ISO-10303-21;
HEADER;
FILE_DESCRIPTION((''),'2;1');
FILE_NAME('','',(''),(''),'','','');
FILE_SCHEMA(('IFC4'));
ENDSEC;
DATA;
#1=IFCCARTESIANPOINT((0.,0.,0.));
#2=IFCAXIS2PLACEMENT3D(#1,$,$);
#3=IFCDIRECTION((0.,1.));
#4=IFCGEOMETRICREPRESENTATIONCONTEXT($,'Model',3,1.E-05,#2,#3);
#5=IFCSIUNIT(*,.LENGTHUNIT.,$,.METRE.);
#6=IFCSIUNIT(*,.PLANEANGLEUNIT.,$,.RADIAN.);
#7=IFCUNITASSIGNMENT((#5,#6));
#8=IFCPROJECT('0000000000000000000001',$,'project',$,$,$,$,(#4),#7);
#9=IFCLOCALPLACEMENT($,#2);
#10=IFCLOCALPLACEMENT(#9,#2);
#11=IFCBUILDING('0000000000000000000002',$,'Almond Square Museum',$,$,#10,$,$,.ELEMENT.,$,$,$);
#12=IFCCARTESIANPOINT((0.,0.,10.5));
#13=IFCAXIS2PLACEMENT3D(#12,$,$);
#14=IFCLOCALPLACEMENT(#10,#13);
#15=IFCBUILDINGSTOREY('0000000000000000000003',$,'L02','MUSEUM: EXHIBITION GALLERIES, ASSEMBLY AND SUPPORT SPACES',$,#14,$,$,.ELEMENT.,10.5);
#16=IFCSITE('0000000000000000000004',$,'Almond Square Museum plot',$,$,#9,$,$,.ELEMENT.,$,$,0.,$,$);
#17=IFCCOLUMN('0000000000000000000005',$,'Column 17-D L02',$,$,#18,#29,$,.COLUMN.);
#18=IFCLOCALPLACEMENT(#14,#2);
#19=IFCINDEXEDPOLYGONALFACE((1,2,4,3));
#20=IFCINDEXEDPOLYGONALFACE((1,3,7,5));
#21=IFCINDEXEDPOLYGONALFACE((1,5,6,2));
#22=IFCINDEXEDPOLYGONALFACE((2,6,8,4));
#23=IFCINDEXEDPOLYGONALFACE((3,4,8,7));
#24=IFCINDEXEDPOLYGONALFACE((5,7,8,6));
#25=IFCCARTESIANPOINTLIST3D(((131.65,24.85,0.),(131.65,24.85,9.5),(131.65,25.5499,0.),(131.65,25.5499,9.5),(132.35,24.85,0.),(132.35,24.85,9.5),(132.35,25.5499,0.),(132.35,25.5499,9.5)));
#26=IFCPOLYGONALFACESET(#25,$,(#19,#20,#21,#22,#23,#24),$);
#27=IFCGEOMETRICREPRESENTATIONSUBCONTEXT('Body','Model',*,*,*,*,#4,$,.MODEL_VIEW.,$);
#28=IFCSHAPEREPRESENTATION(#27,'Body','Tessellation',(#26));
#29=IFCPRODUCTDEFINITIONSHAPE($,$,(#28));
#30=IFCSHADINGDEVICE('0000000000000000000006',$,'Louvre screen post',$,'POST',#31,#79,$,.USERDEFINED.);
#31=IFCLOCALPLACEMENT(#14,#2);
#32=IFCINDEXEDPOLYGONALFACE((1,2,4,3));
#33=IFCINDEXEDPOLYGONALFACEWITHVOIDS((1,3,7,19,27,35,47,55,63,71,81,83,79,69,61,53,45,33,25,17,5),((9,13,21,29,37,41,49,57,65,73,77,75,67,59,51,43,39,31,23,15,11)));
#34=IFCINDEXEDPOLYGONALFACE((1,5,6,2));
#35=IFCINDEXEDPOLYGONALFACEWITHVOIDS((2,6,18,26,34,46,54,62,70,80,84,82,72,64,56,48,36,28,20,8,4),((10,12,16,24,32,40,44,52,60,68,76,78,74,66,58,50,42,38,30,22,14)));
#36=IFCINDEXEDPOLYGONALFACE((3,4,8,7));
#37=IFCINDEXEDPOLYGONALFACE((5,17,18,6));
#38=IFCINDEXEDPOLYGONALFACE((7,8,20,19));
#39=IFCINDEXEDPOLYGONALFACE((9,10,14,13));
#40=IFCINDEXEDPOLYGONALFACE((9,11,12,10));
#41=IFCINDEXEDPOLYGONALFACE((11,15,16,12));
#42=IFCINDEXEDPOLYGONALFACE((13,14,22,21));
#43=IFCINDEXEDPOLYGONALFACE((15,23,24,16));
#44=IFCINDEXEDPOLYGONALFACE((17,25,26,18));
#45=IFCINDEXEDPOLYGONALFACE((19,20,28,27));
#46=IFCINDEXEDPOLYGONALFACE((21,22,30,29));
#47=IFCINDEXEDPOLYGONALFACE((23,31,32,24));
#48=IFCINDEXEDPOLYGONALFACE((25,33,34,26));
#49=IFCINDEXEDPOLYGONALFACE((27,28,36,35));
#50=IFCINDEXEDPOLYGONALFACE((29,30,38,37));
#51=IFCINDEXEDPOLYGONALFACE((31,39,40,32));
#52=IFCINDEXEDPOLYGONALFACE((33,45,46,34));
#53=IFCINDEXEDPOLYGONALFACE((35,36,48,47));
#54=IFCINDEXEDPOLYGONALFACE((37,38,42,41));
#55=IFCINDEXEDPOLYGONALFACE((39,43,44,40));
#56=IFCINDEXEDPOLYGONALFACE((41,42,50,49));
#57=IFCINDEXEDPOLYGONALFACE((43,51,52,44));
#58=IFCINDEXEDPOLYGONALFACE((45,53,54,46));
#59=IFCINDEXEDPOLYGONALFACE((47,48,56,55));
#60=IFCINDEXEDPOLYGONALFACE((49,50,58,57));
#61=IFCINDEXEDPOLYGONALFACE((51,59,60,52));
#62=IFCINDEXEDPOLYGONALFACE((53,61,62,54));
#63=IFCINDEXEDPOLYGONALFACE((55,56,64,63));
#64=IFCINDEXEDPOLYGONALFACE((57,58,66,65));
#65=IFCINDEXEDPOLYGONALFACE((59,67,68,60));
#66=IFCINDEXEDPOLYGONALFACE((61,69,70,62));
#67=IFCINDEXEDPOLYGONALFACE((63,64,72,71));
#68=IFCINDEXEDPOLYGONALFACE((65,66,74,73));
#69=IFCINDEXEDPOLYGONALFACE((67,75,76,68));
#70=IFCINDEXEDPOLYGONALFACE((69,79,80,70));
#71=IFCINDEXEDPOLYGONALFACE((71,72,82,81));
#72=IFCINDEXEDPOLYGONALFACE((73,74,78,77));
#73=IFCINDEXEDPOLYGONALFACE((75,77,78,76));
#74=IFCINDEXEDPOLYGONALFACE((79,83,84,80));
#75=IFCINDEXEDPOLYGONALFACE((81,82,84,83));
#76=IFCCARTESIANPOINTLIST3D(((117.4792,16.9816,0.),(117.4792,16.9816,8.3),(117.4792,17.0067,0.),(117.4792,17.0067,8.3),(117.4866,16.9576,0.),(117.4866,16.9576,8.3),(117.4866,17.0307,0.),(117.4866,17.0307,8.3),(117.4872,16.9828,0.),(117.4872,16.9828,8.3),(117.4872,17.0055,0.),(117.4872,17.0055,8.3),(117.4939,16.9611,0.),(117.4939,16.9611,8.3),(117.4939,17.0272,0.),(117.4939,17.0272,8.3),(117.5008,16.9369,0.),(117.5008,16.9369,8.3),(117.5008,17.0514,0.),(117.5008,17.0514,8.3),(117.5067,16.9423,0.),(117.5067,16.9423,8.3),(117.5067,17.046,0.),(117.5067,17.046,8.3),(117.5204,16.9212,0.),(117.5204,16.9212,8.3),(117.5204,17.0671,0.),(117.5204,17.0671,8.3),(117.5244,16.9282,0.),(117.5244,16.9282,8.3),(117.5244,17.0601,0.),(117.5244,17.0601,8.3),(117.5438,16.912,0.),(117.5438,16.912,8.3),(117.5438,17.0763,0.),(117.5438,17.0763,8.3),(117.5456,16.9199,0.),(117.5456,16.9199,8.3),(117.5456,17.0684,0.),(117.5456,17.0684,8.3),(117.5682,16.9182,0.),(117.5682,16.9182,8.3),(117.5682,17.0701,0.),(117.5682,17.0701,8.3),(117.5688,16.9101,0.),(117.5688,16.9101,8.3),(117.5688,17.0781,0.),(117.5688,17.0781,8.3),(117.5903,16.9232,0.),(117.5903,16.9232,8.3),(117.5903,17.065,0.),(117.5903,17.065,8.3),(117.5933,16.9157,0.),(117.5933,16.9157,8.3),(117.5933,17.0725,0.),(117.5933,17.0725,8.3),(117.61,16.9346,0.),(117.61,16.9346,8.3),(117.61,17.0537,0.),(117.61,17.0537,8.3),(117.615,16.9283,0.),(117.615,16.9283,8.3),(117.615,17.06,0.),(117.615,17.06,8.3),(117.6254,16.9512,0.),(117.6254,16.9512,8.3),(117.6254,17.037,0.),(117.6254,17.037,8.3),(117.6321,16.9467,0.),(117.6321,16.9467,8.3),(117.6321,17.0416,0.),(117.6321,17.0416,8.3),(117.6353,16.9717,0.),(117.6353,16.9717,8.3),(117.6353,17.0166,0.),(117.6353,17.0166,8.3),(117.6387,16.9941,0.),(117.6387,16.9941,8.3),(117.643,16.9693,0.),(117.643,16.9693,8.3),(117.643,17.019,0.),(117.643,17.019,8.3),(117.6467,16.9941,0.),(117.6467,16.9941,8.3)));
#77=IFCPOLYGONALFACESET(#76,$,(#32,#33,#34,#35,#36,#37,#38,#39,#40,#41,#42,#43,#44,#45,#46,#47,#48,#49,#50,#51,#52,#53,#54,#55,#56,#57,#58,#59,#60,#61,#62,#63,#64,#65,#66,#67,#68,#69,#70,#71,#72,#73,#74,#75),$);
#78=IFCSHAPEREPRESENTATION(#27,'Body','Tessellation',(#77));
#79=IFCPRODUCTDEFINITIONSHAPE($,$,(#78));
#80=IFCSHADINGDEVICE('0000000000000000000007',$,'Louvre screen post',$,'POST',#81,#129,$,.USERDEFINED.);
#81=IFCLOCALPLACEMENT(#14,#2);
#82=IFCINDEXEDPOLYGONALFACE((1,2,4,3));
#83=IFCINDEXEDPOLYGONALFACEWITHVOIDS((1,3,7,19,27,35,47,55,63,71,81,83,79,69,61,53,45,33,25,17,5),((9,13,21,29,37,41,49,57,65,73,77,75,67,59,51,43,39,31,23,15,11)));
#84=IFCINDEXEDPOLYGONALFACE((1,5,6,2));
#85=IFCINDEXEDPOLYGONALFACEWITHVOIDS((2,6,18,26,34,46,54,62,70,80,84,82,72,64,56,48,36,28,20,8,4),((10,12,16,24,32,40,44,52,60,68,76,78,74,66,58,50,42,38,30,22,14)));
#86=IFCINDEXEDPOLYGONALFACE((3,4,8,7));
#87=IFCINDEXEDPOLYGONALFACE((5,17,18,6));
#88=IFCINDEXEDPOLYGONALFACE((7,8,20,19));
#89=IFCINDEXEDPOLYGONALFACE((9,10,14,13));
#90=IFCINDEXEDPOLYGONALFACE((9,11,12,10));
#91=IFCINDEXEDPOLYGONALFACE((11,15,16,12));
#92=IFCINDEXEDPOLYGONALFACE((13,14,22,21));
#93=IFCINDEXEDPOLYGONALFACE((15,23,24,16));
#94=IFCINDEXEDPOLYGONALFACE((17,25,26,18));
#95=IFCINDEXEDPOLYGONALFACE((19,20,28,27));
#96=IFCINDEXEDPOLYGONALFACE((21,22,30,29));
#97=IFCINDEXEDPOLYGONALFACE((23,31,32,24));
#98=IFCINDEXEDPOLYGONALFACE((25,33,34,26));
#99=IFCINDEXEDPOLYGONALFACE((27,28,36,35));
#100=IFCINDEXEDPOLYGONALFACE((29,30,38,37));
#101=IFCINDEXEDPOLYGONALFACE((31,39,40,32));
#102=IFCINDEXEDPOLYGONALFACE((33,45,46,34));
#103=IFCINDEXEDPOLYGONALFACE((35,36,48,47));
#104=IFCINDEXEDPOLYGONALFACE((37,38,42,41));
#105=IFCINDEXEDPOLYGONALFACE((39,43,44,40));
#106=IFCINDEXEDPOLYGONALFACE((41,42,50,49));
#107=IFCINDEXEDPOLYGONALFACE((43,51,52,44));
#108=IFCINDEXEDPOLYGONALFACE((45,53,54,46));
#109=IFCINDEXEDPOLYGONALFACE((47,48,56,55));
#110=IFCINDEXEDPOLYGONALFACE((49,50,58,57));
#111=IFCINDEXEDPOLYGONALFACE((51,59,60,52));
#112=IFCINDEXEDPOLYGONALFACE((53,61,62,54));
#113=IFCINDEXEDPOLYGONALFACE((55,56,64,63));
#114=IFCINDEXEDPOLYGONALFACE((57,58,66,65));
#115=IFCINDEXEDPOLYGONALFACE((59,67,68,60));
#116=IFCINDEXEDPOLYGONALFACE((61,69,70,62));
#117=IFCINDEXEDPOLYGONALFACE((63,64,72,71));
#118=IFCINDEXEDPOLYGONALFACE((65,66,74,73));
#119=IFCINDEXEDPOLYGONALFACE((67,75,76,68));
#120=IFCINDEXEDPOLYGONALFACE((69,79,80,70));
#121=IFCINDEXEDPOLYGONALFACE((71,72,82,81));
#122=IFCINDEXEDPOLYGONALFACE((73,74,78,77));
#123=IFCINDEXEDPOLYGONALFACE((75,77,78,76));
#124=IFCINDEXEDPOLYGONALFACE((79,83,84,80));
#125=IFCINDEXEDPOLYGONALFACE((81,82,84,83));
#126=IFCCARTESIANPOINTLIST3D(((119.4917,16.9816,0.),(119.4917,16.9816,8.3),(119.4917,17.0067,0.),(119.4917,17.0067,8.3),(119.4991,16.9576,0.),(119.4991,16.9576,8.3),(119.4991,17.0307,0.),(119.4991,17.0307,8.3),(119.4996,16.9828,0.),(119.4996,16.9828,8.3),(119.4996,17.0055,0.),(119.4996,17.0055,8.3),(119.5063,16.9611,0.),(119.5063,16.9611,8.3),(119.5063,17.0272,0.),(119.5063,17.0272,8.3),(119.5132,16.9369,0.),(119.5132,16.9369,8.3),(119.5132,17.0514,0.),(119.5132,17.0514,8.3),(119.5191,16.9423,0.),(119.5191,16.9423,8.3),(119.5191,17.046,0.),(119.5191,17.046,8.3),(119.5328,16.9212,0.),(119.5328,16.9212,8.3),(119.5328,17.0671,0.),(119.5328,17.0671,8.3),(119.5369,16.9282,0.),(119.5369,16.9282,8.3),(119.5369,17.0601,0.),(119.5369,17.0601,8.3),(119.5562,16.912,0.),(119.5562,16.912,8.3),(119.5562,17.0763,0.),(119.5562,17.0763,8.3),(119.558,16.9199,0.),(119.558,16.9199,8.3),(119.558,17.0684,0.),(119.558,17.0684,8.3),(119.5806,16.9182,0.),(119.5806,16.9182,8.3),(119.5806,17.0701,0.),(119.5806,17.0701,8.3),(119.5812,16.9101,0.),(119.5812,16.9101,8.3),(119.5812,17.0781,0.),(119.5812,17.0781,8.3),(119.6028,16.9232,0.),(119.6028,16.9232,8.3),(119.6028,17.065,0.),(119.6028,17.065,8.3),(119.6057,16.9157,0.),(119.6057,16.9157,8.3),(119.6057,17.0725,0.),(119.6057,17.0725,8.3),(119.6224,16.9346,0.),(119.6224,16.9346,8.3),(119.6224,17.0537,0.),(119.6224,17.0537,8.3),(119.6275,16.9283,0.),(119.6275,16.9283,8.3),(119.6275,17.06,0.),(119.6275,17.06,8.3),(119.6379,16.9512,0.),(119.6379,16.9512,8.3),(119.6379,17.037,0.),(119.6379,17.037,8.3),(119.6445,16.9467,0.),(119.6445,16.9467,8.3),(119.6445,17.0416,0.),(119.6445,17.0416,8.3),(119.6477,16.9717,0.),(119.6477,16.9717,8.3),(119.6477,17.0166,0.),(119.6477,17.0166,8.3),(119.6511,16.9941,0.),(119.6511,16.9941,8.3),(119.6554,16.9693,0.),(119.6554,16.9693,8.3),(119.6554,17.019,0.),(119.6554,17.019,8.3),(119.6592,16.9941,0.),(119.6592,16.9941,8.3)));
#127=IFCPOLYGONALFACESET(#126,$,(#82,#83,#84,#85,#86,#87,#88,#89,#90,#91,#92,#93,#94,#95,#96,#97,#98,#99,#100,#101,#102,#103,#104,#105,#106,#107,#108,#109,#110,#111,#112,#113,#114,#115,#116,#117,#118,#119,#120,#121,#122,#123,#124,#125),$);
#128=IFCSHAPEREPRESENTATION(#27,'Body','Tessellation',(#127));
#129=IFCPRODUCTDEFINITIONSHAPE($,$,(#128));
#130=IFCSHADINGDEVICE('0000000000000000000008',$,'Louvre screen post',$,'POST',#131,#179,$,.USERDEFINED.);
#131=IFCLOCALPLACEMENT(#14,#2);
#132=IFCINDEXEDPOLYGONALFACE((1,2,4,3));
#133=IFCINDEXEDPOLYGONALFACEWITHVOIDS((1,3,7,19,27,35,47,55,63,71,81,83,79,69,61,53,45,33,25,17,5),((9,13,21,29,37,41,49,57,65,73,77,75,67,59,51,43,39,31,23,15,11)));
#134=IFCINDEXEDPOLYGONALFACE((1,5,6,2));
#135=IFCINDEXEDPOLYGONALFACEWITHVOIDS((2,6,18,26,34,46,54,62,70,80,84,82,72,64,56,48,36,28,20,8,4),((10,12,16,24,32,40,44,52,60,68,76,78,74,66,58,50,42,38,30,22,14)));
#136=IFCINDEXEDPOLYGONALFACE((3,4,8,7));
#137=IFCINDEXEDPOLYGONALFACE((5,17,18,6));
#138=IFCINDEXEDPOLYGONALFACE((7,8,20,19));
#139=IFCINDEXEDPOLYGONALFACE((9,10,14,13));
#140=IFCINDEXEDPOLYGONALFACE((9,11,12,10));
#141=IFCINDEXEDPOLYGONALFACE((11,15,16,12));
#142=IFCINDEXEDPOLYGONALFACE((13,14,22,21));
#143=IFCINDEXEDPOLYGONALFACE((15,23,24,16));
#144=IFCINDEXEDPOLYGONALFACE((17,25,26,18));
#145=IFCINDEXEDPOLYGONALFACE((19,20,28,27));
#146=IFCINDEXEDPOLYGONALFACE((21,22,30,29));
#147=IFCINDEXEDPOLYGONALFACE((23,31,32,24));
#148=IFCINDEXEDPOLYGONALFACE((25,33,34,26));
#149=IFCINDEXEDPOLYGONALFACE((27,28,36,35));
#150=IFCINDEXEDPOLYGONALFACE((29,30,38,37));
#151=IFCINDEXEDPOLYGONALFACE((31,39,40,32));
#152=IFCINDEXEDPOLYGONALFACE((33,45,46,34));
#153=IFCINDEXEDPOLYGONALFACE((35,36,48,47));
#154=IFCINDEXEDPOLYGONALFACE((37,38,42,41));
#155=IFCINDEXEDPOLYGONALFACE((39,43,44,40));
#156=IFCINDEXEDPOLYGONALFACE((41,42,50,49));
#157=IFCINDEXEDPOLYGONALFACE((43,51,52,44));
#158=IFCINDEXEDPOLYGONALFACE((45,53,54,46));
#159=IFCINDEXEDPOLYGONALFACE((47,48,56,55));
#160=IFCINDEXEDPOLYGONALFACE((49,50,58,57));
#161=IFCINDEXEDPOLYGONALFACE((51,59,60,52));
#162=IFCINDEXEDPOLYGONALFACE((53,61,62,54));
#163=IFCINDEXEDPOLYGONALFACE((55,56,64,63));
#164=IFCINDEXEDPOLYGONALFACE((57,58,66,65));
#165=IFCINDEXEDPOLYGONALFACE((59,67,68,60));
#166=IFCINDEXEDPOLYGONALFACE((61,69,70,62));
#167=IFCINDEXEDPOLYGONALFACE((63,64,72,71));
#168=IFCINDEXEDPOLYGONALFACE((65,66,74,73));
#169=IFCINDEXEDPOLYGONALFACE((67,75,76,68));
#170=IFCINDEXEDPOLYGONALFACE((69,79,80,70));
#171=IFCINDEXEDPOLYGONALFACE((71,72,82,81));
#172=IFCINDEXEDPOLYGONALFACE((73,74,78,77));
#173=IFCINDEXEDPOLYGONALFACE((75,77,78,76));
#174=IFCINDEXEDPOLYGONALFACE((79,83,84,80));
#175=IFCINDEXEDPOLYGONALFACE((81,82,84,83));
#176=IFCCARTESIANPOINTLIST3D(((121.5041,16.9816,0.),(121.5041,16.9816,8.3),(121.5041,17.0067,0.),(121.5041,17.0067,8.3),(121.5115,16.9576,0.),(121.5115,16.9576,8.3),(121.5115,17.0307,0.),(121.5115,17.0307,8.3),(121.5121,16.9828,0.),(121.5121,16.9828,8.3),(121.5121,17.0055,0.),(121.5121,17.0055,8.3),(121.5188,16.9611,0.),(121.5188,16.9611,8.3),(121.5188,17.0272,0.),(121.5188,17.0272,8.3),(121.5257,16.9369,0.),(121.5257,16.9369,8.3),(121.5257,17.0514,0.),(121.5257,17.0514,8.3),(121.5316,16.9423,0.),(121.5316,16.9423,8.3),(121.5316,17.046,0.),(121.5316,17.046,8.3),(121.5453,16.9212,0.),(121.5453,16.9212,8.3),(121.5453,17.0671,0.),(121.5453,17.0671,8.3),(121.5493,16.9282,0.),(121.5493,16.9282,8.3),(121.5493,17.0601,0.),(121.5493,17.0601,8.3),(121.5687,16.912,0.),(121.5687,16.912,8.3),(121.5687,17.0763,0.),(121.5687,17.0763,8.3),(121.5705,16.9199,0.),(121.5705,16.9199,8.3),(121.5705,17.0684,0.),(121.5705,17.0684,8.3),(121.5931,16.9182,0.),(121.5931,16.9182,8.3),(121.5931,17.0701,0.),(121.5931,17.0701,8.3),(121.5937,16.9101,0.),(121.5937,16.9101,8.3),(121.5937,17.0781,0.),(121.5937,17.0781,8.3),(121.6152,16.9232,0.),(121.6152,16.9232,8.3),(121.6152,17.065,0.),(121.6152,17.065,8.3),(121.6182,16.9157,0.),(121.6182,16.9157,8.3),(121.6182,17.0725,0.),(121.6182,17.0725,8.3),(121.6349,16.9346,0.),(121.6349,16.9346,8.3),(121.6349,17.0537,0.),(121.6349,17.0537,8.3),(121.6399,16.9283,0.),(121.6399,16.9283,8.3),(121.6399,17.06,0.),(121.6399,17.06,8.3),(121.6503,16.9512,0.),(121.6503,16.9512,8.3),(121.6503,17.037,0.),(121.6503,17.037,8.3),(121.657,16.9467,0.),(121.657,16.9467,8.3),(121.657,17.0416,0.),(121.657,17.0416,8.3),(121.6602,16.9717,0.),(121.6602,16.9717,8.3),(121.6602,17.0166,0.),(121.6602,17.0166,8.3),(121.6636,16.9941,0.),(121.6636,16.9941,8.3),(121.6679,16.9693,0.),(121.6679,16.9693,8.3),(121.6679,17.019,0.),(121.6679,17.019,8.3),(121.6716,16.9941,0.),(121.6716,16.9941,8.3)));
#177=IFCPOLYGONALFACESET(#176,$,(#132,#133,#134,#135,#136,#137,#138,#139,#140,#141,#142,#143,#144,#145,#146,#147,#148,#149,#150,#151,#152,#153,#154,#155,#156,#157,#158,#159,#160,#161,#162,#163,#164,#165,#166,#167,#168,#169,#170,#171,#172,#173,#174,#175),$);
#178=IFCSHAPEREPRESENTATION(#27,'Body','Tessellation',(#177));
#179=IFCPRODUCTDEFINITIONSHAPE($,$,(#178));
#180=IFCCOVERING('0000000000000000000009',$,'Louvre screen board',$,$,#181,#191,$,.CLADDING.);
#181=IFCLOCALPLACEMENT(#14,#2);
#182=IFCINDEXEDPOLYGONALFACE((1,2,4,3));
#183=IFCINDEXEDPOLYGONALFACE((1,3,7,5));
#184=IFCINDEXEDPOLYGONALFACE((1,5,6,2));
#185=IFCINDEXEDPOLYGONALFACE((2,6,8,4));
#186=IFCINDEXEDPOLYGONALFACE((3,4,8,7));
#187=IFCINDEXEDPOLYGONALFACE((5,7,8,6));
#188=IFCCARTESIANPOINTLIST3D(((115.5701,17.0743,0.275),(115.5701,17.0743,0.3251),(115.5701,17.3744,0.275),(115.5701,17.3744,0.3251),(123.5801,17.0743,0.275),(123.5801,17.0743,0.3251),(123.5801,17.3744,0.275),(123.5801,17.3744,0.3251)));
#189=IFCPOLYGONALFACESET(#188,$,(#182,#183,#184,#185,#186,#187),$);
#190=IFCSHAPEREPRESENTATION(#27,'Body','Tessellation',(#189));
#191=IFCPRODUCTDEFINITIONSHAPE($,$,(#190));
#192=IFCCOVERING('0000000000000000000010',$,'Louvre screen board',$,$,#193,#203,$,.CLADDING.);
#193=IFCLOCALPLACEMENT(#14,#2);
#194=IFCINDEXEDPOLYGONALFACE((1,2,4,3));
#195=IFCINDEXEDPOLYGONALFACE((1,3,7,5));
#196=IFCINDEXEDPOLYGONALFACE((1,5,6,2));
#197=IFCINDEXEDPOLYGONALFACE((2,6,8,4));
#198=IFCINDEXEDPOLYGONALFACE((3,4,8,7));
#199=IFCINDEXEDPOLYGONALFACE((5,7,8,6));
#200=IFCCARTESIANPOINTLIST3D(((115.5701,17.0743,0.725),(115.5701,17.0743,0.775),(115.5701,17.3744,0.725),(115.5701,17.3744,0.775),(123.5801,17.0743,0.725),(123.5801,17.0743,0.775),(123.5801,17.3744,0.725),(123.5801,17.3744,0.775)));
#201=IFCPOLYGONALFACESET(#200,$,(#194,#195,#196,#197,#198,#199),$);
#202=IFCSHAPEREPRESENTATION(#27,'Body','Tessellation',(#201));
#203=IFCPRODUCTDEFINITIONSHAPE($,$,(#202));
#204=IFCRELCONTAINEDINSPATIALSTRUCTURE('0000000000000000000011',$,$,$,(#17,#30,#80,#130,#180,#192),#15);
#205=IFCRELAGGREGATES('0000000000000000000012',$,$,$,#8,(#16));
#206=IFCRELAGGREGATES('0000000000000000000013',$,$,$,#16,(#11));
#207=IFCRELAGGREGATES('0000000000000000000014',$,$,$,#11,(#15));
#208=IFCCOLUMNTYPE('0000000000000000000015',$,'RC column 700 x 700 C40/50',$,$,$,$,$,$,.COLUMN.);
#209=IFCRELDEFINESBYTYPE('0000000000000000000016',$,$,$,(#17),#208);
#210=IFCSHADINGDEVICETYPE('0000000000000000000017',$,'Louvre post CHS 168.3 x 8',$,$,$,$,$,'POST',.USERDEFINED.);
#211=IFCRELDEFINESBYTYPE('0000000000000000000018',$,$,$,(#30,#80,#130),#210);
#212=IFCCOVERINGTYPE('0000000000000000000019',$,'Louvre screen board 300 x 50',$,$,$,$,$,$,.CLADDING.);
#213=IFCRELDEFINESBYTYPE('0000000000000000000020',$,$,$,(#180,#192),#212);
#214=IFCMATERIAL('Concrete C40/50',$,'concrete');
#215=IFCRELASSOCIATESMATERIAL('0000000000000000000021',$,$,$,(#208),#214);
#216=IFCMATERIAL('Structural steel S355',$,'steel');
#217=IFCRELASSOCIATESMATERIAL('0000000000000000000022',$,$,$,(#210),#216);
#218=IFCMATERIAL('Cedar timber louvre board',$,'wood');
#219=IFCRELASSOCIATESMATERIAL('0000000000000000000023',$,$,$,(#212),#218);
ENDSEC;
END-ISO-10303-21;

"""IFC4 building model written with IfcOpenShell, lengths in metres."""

from ifc_helpers import new_model, si_unit, direction, frame, origin, origin_2d, place, context, subcontext, project, spatial, rectangle, hollow_circle, extrude, material, material_profile, profile_set, type_object, element, save


model = new_model("IFC4")

# Units and contexts
model_context = context("Model", 3, precision=1e-05, world=origin(), true_north=direction((0.0, 1.0)))
body_context = subcontext(model_context, "Body", "Model", "MODEL_VIEW")
ifc_project = project(units=[si_unit("LENGTHUNIT", "METRE"), si_unit("PLANEANGLEUNIT", "RADIAN")], contexts=[model_context])

# Site, building, storey
site_placement = place(None, origin())
site = spatial("IfcSite", under=ifc_project, at=site_placement, Name="Almond Square Museum plot", CompositionType="ELEMENT", RefElevation=0.0)
building_placement = place(site_placement, origin())
building = spatial("IfcBuilding", under=site, at=building_placement, Name="Almond Square Museum", CompositionType="ELEMENT")
storey_placement = place(building_placement, frame((0.0, 0.0, 10.5)))
storey = spatial("IfcBuildingStorey", under=building, at=storey_placement, Name="L02", Description="MUSEUM: EXHIBITION GALLERIES, ASSEMBLY AND SUPPORT SPACES", CompositionType="ELEMENT", Elevation=10.5)

# Column
ifc_material_1 = material(Name="Concrete C40/50", Category="concrete")
ifc_material_profile_1 = material_profile(ifc_material_1, rectangle(XDim=0.7, YDim=0.7, at=origin_2d()))
ifc_profile_set_1 = profile_set([ifc_material_profile_1], Name="Concrete C40/50")
column_type = type_object("IfcColumnType", Name="RC column 700 x 700 C40/50", PredefinedType="COLUMN", material=ifc_profile_set_1)
column_placement = place(storey_placement, frame((132.0, 25.2, 0.0), z_axis=(0.0, 0.0, 1.0), x_axis=(1.0, 0.0, 0.0)))
element("IfcColumn", 1, at=column_placement, inside=storey, type_object=column_type, Name="Column 17-D L02", PredefinedType="COLUMN", context=body_context, shape_type="SweptSolid", body=[
    extrude(rectangle(XDim=0.7, YDim=0.7, at=origin_2d()), origin(), (0.0, 0.0, 1.0), 9.5),
])

# Shading devices
ifc_material_2 = material(Name="Structural steel S355", Category="steel")
ifc_material_profile_2 = material_profile(ifc_material_2, hollow_circle(Radius=0.0842, WallThickness=0.0081, at=origin_2d()))
ifc_profile_set_2 = profile_set([ifc_material_profile_2], Name="Structural steel S355")
shading_device_type_1 = type_object("IfcShadingDeviceType", Name="Louvre post CHS 168.3 x 8", ElementType="POST", PredefinedType="USERDEFINED", material=ifc_profile_set_2)
for number, where, z_axis, x_axis, name in (
    (2, (117.5625, 16.9941, 0.0), (0.0, 0.0, 1.0), (1.0, 0.0, 0.0), "Louvre screen post"),
    (3, (119.575, 16.9941, 0.0), (0.0, 0.0, 1.0), (1.0, 0.0, 0.0), "Louvre screen post"),
    (4, (121.5874, 16.9941, 0.0), (0.0, 0.0, 1.0), (1.0, 0.0, 0.0), "Louvre screen post"),
):
    element("IfcShadingDevice", number, at=place(storey_placement, frame(where, z_axis=z_axis, x_axis=x_axis)), inside=storey, type_object=shading_device_type_1, Name=name, ObjectType="POST", PredefinedType="USERDEFINED", context=body_context, shape_type="SweptSolid", body=[
        extrude(hollow_circle(Radius=0.0842, WallThickness=0.0081, at=origin_2d()), origin(), (0.0, 0.0, 1.0), 8.3),
    ])

# Coverings
ifc_material_3 = material(Name="Cedar timber louvre board", Category="wood")
ifc_material_profile_3 = material_profile(ifc_material_3, rectangle(XDim=0.3, YDim=0.05, at=origin_2d()))
ifc_profile_set_3 = profile_set([ifc_material_profile_3], Name="Cedar timber louvre board")
covering_type = type_object("IfcCoveringType", Name="Louvre screen board 300 x 50", PredefinedType="CLADDING", material=ifc_profile_set_3)
for number, where, z_axis, x_axis, name in (
    (5, (115.5701, 17.2244, 0.3), (1.0, 0.0, 0.0), (0.0, 1.0, 0.0), "Louvre screen board"),
    (6, (115.5701, 17.2244, 0.75), (1.0, 0.0, 0.0), (0.0, 1.0, 0.0), "Louvre screen board"),
):
    element("IfcCovering", number, at=place(storey_placement, frame(where, z_axis=z_axis, x_axis=x_axis)), inside=storey, type_object=covering_type, Name=name, PredefinedType="CLADDING", context=body_context, shape_type="SweptSolid", body=[
        extrude(rectangle(XDim=0.3, YDim=0.05, at=origin_2d()), origin(), (0.0, 0.0, 1.0), 8.01),
    ])

save(model, "model.ifc")
